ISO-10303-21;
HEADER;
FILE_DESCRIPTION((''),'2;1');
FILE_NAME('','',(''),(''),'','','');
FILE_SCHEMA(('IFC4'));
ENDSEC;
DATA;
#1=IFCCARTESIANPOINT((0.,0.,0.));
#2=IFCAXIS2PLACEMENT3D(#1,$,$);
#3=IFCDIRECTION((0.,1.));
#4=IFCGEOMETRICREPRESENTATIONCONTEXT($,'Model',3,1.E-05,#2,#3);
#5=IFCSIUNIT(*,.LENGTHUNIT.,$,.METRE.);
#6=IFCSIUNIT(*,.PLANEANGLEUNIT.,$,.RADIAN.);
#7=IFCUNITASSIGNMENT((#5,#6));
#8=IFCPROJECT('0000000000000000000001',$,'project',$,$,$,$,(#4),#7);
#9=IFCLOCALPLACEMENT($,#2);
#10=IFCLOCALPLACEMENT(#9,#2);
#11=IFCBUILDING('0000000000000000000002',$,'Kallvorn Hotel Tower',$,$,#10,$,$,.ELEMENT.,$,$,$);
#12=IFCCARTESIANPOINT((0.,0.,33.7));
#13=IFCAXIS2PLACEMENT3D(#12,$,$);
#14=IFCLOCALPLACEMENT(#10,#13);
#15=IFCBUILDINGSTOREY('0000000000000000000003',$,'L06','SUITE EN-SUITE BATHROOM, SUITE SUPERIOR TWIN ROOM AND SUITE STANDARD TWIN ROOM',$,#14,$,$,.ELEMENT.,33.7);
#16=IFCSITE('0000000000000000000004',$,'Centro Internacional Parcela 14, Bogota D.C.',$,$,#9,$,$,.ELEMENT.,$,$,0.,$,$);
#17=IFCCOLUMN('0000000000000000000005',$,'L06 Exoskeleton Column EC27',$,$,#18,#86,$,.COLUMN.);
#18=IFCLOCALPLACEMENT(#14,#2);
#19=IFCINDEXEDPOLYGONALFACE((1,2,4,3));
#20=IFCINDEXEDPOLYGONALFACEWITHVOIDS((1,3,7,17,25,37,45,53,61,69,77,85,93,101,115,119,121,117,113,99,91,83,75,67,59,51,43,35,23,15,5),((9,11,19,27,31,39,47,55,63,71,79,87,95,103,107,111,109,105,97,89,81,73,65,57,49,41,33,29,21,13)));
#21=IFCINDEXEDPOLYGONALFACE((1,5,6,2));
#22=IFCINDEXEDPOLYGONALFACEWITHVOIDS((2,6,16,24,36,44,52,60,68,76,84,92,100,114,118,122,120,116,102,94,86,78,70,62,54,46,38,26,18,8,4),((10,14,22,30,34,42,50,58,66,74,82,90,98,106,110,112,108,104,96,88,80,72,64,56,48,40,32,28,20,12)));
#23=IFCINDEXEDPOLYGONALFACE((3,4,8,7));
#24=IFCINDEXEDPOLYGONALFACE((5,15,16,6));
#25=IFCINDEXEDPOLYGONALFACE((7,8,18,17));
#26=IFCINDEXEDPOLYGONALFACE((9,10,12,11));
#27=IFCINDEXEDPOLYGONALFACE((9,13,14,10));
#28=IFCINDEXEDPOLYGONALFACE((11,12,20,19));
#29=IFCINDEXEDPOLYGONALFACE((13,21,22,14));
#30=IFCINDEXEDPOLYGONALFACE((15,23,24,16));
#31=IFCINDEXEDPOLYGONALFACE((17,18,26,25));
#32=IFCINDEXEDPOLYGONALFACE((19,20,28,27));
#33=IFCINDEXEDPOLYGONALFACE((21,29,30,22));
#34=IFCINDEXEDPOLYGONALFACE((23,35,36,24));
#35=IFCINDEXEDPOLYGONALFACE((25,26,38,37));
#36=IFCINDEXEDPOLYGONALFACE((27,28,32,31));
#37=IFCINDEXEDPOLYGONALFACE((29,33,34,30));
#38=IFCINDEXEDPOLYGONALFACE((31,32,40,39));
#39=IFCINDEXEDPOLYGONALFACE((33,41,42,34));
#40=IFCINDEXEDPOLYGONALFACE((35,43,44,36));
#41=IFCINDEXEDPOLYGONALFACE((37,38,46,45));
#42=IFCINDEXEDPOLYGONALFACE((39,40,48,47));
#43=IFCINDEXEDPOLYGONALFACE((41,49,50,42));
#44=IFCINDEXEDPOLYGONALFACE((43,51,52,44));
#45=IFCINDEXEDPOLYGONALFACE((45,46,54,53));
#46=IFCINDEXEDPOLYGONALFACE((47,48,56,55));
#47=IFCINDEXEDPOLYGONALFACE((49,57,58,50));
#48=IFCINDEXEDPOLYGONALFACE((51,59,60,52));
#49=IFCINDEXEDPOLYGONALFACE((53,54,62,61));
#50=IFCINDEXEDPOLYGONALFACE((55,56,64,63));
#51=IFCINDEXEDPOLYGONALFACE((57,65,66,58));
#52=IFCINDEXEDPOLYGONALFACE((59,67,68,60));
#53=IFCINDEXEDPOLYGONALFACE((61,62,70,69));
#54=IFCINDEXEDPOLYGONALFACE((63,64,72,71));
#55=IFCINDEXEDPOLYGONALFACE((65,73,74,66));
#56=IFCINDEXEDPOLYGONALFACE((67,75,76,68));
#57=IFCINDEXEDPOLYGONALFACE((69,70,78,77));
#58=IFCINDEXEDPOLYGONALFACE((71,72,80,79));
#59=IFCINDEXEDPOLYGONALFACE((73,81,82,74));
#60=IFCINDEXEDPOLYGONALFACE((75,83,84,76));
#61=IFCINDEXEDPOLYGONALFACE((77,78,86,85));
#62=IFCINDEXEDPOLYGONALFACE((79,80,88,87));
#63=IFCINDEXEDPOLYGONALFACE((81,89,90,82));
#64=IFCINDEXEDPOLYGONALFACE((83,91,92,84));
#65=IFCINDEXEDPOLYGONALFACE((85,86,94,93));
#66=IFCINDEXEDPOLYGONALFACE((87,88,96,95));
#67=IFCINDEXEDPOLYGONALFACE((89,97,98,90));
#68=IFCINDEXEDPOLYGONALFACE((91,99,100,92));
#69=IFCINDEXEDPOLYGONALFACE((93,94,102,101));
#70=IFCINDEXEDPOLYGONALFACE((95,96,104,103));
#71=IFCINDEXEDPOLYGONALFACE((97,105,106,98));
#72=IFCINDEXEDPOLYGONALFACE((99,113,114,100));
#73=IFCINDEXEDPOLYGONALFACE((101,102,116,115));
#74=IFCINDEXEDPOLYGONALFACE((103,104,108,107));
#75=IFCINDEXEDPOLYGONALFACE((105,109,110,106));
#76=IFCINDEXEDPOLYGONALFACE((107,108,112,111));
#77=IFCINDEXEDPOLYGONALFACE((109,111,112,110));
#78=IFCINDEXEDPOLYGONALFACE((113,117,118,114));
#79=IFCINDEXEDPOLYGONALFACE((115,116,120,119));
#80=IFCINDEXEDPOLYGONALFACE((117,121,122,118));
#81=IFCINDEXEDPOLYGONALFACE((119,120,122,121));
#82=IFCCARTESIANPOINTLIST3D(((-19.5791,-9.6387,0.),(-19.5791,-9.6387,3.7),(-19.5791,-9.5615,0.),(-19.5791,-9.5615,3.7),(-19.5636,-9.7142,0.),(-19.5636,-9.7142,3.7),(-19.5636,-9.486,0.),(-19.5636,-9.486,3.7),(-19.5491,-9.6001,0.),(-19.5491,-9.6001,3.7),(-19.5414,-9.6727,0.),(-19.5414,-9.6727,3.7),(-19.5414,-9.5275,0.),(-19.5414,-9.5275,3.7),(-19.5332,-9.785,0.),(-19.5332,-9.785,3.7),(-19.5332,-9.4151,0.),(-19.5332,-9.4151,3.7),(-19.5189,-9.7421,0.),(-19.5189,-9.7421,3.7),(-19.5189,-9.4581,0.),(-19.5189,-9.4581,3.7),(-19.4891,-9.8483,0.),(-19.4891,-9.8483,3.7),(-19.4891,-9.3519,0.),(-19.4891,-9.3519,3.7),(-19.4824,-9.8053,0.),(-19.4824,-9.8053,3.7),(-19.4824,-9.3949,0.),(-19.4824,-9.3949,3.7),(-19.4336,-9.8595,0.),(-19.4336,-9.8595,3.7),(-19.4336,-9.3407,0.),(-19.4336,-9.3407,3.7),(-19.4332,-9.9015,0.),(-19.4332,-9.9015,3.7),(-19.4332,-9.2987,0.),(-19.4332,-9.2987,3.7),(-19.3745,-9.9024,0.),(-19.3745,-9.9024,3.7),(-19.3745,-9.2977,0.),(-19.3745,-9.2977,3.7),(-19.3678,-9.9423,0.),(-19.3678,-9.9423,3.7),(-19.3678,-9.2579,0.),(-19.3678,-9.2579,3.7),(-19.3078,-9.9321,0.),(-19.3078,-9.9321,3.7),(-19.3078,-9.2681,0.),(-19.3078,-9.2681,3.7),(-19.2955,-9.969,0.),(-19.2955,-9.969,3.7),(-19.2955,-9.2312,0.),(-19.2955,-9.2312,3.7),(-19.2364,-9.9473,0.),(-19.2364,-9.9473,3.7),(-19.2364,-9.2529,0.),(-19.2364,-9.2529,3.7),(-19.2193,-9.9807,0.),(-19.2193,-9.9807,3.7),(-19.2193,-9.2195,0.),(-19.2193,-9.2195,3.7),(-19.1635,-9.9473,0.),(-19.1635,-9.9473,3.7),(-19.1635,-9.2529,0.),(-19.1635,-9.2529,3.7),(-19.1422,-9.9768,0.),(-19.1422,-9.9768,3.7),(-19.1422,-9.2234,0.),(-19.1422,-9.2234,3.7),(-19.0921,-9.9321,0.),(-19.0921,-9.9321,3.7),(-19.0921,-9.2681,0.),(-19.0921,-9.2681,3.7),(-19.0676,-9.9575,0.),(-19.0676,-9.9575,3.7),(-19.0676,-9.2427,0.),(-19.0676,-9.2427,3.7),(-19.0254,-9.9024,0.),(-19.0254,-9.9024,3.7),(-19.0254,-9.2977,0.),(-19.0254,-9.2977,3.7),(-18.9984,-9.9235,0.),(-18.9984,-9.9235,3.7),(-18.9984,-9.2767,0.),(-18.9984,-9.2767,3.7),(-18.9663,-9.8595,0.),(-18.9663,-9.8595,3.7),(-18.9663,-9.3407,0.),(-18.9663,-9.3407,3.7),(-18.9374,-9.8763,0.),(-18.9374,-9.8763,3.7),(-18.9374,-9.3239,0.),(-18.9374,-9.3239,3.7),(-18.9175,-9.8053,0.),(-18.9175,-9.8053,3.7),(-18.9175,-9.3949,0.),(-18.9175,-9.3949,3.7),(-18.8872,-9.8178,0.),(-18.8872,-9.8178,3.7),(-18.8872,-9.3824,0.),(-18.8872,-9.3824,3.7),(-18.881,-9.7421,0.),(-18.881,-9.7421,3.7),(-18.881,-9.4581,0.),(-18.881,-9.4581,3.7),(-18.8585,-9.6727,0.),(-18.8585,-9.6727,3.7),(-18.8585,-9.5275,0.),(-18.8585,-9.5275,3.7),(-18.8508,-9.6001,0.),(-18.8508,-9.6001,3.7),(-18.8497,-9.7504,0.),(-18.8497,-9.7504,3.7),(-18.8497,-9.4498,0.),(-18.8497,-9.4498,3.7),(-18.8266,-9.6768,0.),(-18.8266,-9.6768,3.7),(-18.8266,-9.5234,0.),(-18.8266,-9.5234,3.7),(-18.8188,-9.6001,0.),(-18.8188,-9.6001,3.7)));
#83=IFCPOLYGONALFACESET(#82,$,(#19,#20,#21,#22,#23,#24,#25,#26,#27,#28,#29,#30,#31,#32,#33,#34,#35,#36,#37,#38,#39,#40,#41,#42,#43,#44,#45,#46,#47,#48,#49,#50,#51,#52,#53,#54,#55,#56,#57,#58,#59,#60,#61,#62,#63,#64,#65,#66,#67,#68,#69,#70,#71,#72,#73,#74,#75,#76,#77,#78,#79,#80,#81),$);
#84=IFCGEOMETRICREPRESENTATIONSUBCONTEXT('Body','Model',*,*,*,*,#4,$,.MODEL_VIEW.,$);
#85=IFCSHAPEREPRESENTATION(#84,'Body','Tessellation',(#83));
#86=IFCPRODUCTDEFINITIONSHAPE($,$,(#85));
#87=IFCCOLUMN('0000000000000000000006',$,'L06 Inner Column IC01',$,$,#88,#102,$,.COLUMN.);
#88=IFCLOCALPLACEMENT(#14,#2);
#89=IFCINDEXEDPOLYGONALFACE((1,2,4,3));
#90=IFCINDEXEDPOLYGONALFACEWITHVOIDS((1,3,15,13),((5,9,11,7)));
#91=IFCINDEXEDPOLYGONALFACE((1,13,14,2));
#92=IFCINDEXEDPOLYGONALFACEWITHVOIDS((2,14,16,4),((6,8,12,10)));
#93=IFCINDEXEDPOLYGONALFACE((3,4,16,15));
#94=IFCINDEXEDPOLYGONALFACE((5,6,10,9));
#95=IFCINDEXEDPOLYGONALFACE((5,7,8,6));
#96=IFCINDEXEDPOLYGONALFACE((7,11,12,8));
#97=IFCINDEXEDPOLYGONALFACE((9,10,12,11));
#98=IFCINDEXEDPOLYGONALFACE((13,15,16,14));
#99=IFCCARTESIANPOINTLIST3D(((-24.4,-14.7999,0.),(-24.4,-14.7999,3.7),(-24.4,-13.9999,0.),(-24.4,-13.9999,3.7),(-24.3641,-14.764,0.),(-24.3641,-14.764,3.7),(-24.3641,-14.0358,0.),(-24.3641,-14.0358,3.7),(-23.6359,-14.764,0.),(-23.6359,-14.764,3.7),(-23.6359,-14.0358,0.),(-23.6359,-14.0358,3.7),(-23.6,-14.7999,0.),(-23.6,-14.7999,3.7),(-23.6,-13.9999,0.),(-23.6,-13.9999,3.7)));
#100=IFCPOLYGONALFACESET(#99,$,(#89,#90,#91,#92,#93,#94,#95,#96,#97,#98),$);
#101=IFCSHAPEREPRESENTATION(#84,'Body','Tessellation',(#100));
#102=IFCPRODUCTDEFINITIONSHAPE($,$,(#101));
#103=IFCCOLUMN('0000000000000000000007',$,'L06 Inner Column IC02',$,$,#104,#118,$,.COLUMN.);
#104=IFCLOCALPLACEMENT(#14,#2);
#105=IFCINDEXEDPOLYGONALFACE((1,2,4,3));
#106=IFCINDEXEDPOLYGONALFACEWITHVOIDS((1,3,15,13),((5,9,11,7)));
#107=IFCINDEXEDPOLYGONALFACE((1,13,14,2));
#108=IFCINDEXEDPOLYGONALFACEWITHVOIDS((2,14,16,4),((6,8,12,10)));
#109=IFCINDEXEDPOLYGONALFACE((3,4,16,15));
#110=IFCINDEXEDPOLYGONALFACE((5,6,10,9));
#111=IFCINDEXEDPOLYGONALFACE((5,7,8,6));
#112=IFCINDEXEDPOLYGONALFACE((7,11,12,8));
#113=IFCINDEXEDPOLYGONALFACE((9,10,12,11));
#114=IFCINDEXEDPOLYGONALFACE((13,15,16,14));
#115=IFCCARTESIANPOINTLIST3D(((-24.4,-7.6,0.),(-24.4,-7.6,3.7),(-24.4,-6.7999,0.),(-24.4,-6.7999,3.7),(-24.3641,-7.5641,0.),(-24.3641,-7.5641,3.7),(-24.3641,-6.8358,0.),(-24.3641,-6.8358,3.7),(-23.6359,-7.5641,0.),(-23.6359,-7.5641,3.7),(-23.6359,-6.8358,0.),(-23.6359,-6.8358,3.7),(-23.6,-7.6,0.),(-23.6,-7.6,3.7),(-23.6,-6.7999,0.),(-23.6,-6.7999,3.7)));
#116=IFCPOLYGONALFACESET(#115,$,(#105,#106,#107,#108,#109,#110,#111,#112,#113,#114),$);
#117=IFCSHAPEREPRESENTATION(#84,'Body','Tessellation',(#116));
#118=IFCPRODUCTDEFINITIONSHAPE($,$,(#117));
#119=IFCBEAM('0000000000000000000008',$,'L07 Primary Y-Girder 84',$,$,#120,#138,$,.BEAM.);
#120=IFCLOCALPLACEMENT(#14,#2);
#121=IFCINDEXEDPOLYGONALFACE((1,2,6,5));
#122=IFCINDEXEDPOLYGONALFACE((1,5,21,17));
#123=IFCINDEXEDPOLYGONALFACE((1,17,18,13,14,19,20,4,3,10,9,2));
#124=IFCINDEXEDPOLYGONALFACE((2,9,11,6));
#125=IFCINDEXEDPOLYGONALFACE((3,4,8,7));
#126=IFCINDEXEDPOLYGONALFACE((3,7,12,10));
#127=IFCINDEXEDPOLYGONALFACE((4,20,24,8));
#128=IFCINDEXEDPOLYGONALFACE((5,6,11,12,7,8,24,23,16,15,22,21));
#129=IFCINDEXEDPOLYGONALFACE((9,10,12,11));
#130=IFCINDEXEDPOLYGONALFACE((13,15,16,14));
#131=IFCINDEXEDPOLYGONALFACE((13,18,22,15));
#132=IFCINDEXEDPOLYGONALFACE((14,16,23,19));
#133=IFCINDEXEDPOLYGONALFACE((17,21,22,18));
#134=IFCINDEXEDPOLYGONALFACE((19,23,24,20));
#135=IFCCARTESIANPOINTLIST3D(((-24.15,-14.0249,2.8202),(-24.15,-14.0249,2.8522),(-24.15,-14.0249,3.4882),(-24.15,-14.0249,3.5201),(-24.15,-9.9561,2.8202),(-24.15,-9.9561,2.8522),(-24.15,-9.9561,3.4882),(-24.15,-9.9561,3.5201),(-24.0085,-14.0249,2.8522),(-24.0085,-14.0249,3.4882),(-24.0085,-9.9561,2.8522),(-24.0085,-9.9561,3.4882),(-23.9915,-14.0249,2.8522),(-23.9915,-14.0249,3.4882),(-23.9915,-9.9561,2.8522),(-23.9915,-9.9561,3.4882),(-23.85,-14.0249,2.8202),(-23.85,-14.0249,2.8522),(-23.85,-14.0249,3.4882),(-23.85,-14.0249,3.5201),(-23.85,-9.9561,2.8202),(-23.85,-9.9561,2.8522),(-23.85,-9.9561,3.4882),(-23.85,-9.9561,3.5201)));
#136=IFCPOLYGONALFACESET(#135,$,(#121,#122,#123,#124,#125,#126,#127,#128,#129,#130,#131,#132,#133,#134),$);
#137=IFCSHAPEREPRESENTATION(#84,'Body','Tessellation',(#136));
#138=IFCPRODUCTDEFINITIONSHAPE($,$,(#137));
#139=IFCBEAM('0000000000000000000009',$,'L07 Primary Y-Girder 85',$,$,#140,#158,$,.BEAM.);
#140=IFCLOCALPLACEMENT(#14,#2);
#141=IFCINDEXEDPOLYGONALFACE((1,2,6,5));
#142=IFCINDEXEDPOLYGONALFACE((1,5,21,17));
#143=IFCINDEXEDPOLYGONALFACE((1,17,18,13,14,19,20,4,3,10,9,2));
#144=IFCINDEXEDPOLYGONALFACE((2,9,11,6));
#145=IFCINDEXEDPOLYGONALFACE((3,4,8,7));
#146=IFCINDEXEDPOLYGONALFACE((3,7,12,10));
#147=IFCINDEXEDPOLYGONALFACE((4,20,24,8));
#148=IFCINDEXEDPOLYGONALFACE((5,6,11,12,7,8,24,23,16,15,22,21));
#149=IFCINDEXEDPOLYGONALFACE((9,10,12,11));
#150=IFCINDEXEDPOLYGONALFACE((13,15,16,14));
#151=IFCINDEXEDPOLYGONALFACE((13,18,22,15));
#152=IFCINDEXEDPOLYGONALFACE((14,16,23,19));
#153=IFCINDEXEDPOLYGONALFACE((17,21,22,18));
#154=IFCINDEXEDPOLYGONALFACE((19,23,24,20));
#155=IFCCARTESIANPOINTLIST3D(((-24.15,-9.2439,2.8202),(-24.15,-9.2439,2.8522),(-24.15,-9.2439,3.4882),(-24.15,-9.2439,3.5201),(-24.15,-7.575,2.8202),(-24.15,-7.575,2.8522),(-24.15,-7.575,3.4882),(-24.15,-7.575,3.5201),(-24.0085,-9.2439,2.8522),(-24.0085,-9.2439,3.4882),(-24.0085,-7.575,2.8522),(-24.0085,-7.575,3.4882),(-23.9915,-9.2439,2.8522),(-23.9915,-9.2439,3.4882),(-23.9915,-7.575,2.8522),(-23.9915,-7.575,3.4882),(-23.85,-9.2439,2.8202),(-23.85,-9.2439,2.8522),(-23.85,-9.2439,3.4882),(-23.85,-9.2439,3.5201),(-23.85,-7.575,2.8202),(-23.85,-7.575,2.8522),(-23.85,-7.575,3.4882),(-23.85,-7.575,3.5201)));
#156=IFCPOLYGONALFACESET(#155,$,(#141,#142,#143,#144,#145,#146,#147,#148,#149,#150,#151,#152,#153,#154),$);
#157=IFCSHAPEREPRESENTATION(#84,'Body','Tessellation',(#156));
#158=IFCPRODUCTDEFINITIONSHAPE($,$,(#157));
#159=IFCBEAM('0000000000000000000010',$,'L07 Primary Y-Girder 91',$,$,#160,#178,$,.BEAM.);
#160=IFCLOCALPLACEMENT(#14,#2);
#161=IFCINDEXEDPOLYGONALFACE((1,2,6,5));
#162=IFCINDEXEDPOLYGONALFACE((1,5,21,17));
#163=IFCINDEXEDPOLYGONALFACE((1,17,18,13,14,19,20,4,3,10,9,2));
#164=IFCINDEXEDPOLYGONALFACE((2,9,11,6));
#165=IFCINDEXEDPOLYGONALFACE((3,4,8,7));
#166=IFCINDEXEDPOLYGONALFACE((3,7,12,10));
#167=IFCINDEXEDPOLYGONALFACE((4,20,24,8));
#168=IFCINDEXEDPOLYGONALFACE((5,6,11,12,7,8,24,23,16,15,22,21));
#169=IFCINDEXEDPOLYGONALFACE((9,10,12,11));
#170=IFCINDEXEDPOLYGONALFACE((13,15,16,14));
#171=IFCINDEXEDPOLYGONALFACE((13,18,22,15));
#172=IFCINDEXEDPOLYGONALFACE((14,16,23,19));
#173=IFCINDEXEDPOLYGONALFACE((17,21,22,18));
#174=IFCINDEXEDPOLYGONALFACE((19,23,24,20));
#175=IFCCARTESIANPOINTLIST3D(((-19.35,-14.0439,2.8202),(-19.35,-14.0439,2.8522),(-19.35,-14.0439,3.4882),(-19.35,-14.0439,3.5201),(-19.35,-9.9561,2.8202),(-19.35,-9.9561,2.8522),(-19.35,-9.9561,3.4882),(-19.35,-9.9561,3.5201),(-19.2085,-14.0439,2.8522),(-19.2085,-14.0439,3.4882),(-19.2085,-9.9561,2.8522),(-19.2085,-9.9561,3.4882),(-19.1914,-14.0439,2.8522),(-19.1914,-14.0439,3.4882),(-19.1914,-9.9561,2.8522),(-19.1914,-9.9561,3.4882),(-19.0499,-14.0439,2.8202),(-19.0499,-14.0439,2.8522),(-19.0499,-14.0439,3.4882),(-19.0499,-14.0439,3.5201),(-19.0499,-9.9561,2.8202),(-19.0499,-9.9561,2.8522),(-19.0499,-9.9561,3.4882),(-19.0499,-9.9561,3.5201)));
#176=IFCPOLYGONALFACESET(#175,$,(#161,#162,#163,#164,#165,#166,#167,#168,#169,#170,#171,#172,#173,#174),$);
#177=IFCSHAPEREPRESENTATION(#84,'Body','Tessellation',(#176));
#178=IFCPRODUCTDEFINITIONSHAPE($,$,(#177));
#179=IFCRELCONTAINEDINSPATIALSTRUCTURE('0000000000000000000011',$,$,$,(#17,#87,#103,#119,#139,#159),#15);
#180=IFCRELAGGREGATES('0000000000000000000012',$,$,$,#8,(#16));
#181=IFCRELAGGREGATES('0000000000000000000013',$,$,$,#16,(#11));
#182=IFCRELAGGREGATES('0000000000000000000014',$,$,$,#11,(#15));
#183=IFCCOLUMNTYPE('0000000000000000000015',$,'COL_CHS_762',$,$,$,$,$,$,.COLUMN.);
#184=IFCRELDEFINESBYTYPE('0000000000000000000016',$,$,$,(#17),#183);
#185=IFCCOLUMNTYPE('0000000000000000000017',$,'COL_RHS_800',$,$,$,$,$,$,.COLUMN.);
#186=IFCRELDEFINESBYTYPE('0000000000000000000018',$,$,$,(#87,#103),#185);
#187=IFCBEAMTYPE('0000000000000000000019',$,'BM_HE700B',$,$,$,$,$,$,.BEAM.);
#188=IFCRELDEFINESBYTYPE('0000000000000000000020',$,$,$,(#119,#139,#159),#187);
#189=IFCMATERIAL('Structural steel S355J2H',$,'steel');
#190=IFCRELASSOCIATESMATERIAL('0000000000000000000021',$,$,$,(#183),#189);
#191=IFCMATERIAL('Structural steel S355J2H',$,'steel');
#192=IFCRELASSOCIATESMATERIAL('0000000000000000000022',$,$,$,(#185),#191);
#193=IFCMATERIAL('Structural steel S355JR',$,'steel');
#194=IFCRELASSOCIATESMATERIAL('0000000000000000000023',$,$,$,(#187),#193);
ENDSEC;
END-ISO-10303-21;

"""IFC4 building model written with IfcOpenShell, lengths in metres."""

from ifc_helpers import new_model, si_unit, direction, frame, origin, origin_2d, place, context, subcontext, project, spatial, hollow_rectangle, hollow_circle, i_section, extrude, material, material_profile, profile_set, type_object, element, save


model = new_model("IFC4")

# Units and contexts
model_context = context("Model", 3, precision=1e-05, world=origin(), true_north=direction((0.0, 1.0)))
body_context = subcontext(model_context, "Body", "Model", "MODEL_VIEW")
ifc_project = project(units=[si_unit("LENGTHUNIT", "METRE"), si_unit("PLANEANGLEUNIT", "RADIAN")], contexts=[model_context])

# Site, building, storey
site_placement = place(None, origin())
site = spatial("IfcSite", under=ifc_project, at=site_placement, Name="Centro Internacional Parcela 14, Bogota D.C.", CompositionType="ELEMENT", RefElevation=0.0)
building_placement = place(site_placement, origin())
building = spatial("IfcBuilding", under=site, at=building_placement, Name="Kallvorn Hotel Tower", CompositionType="ELEMENT")
storey_placement = place(building_placement, frame((0.0, 0.0, 33.7)))
storey = spatial("IfcBuildingStorey", under=building, at=storey_placement, Name="L06", Description="SUITE EN-SUITE BATHROOM, SUITE SUPERIOR TWIN ROOM AND SUITE STANDARD TWIN ROOM", CompositionType="ELEMENT", Elevation=33.7)

# Columns
ifc_material_1 = material(Name="Structural steel S355J2H", Category="steel")
ifc_material_profile_1 = material_profile(ifc_material_1, hollow_circle(Radius=0.3811, WallThickness=0.032, at=origin_2d()), Name="CHS 762x32")
ifc_profile_set_1 = profile_set([ifc_material_profile_1], Name="Structural steel S355J2H")
column_type_1 = type_object("IfcColumnType", Name="COL_CHS_762", PredefinedType="COLUMN", material=ifc_profile_set_1)
for number, where, z_axis, x_axis, name in (
    (1, (-19.2, -9.6001, 0.0), (0.0, 0.0, 1.0), (1.0, 0.0, 0.0), "L06 Exoskeleton Column EC27"),
):
    element("IfcColumn", number, at=place(storey_placement, frame(where, z_axis=z_axis, x_axis=x_axis)), inside=storey, type_object=column_type_1, Name=name, PredefinedType="COLUMN", context=body_context, shape_type="SweptSolid", body=[
        extrude(hollow_circle(Radius=0.3811, WallThickness=0.032, at=origin_2d()), origin(), (0.0, 0.0, 1.0), 3.7),
    ])
ifc_material_2 = material(Name="Structural steel S355J2H", Category="steel")
ifc_material_profile_2 = material_profile(ifc_material_2, hollow_rectangle(XDim=0.8, YDim=0.8, WallThickness=0.0359, at=origin_2d()), Name="RHS 800x800x36")
ifc_profile_set_2 = profile_set([ifc_material_profile_2], Name="Structural steel S355J2H")
column_type_2 = type_object("IfcColumnType", Name="COL_RHS_800", PredefinedType="COLUMN", material=ifc_profile_set_2)
for number, where, z_axis, x_axis, name in (
    (2, (-24.0, -14.3999, 0.0), (0.0, 0.0, 1.0), (1.0, 0.0, 0.0), "L06 Inner Column IC01"),
    (3, (-24.0, -7.2, 0.0), (0.0, 0.0, 1.0), (1.0, 0.0, 0.0), "L06 Inner Column IC02"),
):
    element("IfcColumn", number, at=place(storey_placement, frame(where, z_axis=z_axis, x_axis=x_axis)), inside=storey, type_object=column_type_2, Name=name, PredefinedType="COLUMN", context=body_context, shape_type="SweptSolid", body=[
        extrude(hollow_rectangle(XDim=0.8, YDim=0.8, WallThickness=0.0359, at=origin_2d()), origin(), (0.0, 0.0, 1.0), 3.7),
    ])

# Beams
ifc_material_3 = material(Name="Structural steel S355JR", Category="steel")
ifc_material_profile_3 = material_profile(ifc_material_3, i_section(OverallWidth=0.3, OverallDepth=0.7, WebThickness=0.0171, FlangeThickness=0.032, at=origin_2d()), Name="HE 700 B")
ifc_profile_set_3 = profile_set([ifc_material_profile_3], Name="Structural steel S355JR")
beam_type_1 = type_object("IfcBeamType", Name="BM_HE700B", PredefinedType="BEAM", material=ifc_profile_set_3)
beam_1_placement = place(storey_placement, frame((-24.0, -14.0249, 3.1702), z_axis=(0.0, 1.0, 0.0), x_axis=(-1.0, 0.0, 0.0)))
element("IfcBeam", 4, at=beam_1_placement, inside=storey, type_object=beam_type_1, Name="L07 Primary Y-Girder 84", PredefinedType="BEAM", context=body_context, shape_type="SweptSolid", body=[
    extrude(i_section(OverallWidth=0.3, OverallDepth=0.7, WebThickness=0.0171, FlangeThickness=0.032, at=origin_2d()), origin(), (0.0, 0.0, 1.0), 4.0688),
])
beam_2_placement = place(storey_placement, frame((-24.0, -9.2439, 3.1702), z_axis=(0.0, 1.0, 0.0), x_axis=(-1.0, 0.0, 0.0)))
element("IfcBeam", 5, at=beam_2_placement, inside=storey, type_object=beam_type_1, Name="L07 Primary Y-Girder 85", PredefinedType="BEAM", context=body_context, shape_type="SweptSolid", body=[
    extrude(i_section(OverallWidth=0.3, OverallDepth=0.7, WebThickness=0.0171, FlangeThickness=0.032, at=origin_2d()), origin(), (0.0, 0.0, 1.0), 1.6689),
])
beam_3_placement = place(storey_placement, frame((-19.2, -14.0439, 3.1702), z_axis=(0.0, 1.0, 0.0), x_axis=(-1.0, 0.0, 0.0)))
element("IfcBeam", 6, at=beam_3_placement, inside=storey, type_object=beam_type_1, Name="L07 Primary Y-Girder 91", PredefinedType="BEAM", context=body_context, shape_type="SweptSolid", body=[
    extrude(i_section(OverallWidth=0.3, OverallDepth=0.7, WebThickness=0.0171, FlangeThickness=0.032, at=origin_2d()), origin(), (0.0, 0.0, 1.0), 4.0879),
])

save(model, "model.ifc")
